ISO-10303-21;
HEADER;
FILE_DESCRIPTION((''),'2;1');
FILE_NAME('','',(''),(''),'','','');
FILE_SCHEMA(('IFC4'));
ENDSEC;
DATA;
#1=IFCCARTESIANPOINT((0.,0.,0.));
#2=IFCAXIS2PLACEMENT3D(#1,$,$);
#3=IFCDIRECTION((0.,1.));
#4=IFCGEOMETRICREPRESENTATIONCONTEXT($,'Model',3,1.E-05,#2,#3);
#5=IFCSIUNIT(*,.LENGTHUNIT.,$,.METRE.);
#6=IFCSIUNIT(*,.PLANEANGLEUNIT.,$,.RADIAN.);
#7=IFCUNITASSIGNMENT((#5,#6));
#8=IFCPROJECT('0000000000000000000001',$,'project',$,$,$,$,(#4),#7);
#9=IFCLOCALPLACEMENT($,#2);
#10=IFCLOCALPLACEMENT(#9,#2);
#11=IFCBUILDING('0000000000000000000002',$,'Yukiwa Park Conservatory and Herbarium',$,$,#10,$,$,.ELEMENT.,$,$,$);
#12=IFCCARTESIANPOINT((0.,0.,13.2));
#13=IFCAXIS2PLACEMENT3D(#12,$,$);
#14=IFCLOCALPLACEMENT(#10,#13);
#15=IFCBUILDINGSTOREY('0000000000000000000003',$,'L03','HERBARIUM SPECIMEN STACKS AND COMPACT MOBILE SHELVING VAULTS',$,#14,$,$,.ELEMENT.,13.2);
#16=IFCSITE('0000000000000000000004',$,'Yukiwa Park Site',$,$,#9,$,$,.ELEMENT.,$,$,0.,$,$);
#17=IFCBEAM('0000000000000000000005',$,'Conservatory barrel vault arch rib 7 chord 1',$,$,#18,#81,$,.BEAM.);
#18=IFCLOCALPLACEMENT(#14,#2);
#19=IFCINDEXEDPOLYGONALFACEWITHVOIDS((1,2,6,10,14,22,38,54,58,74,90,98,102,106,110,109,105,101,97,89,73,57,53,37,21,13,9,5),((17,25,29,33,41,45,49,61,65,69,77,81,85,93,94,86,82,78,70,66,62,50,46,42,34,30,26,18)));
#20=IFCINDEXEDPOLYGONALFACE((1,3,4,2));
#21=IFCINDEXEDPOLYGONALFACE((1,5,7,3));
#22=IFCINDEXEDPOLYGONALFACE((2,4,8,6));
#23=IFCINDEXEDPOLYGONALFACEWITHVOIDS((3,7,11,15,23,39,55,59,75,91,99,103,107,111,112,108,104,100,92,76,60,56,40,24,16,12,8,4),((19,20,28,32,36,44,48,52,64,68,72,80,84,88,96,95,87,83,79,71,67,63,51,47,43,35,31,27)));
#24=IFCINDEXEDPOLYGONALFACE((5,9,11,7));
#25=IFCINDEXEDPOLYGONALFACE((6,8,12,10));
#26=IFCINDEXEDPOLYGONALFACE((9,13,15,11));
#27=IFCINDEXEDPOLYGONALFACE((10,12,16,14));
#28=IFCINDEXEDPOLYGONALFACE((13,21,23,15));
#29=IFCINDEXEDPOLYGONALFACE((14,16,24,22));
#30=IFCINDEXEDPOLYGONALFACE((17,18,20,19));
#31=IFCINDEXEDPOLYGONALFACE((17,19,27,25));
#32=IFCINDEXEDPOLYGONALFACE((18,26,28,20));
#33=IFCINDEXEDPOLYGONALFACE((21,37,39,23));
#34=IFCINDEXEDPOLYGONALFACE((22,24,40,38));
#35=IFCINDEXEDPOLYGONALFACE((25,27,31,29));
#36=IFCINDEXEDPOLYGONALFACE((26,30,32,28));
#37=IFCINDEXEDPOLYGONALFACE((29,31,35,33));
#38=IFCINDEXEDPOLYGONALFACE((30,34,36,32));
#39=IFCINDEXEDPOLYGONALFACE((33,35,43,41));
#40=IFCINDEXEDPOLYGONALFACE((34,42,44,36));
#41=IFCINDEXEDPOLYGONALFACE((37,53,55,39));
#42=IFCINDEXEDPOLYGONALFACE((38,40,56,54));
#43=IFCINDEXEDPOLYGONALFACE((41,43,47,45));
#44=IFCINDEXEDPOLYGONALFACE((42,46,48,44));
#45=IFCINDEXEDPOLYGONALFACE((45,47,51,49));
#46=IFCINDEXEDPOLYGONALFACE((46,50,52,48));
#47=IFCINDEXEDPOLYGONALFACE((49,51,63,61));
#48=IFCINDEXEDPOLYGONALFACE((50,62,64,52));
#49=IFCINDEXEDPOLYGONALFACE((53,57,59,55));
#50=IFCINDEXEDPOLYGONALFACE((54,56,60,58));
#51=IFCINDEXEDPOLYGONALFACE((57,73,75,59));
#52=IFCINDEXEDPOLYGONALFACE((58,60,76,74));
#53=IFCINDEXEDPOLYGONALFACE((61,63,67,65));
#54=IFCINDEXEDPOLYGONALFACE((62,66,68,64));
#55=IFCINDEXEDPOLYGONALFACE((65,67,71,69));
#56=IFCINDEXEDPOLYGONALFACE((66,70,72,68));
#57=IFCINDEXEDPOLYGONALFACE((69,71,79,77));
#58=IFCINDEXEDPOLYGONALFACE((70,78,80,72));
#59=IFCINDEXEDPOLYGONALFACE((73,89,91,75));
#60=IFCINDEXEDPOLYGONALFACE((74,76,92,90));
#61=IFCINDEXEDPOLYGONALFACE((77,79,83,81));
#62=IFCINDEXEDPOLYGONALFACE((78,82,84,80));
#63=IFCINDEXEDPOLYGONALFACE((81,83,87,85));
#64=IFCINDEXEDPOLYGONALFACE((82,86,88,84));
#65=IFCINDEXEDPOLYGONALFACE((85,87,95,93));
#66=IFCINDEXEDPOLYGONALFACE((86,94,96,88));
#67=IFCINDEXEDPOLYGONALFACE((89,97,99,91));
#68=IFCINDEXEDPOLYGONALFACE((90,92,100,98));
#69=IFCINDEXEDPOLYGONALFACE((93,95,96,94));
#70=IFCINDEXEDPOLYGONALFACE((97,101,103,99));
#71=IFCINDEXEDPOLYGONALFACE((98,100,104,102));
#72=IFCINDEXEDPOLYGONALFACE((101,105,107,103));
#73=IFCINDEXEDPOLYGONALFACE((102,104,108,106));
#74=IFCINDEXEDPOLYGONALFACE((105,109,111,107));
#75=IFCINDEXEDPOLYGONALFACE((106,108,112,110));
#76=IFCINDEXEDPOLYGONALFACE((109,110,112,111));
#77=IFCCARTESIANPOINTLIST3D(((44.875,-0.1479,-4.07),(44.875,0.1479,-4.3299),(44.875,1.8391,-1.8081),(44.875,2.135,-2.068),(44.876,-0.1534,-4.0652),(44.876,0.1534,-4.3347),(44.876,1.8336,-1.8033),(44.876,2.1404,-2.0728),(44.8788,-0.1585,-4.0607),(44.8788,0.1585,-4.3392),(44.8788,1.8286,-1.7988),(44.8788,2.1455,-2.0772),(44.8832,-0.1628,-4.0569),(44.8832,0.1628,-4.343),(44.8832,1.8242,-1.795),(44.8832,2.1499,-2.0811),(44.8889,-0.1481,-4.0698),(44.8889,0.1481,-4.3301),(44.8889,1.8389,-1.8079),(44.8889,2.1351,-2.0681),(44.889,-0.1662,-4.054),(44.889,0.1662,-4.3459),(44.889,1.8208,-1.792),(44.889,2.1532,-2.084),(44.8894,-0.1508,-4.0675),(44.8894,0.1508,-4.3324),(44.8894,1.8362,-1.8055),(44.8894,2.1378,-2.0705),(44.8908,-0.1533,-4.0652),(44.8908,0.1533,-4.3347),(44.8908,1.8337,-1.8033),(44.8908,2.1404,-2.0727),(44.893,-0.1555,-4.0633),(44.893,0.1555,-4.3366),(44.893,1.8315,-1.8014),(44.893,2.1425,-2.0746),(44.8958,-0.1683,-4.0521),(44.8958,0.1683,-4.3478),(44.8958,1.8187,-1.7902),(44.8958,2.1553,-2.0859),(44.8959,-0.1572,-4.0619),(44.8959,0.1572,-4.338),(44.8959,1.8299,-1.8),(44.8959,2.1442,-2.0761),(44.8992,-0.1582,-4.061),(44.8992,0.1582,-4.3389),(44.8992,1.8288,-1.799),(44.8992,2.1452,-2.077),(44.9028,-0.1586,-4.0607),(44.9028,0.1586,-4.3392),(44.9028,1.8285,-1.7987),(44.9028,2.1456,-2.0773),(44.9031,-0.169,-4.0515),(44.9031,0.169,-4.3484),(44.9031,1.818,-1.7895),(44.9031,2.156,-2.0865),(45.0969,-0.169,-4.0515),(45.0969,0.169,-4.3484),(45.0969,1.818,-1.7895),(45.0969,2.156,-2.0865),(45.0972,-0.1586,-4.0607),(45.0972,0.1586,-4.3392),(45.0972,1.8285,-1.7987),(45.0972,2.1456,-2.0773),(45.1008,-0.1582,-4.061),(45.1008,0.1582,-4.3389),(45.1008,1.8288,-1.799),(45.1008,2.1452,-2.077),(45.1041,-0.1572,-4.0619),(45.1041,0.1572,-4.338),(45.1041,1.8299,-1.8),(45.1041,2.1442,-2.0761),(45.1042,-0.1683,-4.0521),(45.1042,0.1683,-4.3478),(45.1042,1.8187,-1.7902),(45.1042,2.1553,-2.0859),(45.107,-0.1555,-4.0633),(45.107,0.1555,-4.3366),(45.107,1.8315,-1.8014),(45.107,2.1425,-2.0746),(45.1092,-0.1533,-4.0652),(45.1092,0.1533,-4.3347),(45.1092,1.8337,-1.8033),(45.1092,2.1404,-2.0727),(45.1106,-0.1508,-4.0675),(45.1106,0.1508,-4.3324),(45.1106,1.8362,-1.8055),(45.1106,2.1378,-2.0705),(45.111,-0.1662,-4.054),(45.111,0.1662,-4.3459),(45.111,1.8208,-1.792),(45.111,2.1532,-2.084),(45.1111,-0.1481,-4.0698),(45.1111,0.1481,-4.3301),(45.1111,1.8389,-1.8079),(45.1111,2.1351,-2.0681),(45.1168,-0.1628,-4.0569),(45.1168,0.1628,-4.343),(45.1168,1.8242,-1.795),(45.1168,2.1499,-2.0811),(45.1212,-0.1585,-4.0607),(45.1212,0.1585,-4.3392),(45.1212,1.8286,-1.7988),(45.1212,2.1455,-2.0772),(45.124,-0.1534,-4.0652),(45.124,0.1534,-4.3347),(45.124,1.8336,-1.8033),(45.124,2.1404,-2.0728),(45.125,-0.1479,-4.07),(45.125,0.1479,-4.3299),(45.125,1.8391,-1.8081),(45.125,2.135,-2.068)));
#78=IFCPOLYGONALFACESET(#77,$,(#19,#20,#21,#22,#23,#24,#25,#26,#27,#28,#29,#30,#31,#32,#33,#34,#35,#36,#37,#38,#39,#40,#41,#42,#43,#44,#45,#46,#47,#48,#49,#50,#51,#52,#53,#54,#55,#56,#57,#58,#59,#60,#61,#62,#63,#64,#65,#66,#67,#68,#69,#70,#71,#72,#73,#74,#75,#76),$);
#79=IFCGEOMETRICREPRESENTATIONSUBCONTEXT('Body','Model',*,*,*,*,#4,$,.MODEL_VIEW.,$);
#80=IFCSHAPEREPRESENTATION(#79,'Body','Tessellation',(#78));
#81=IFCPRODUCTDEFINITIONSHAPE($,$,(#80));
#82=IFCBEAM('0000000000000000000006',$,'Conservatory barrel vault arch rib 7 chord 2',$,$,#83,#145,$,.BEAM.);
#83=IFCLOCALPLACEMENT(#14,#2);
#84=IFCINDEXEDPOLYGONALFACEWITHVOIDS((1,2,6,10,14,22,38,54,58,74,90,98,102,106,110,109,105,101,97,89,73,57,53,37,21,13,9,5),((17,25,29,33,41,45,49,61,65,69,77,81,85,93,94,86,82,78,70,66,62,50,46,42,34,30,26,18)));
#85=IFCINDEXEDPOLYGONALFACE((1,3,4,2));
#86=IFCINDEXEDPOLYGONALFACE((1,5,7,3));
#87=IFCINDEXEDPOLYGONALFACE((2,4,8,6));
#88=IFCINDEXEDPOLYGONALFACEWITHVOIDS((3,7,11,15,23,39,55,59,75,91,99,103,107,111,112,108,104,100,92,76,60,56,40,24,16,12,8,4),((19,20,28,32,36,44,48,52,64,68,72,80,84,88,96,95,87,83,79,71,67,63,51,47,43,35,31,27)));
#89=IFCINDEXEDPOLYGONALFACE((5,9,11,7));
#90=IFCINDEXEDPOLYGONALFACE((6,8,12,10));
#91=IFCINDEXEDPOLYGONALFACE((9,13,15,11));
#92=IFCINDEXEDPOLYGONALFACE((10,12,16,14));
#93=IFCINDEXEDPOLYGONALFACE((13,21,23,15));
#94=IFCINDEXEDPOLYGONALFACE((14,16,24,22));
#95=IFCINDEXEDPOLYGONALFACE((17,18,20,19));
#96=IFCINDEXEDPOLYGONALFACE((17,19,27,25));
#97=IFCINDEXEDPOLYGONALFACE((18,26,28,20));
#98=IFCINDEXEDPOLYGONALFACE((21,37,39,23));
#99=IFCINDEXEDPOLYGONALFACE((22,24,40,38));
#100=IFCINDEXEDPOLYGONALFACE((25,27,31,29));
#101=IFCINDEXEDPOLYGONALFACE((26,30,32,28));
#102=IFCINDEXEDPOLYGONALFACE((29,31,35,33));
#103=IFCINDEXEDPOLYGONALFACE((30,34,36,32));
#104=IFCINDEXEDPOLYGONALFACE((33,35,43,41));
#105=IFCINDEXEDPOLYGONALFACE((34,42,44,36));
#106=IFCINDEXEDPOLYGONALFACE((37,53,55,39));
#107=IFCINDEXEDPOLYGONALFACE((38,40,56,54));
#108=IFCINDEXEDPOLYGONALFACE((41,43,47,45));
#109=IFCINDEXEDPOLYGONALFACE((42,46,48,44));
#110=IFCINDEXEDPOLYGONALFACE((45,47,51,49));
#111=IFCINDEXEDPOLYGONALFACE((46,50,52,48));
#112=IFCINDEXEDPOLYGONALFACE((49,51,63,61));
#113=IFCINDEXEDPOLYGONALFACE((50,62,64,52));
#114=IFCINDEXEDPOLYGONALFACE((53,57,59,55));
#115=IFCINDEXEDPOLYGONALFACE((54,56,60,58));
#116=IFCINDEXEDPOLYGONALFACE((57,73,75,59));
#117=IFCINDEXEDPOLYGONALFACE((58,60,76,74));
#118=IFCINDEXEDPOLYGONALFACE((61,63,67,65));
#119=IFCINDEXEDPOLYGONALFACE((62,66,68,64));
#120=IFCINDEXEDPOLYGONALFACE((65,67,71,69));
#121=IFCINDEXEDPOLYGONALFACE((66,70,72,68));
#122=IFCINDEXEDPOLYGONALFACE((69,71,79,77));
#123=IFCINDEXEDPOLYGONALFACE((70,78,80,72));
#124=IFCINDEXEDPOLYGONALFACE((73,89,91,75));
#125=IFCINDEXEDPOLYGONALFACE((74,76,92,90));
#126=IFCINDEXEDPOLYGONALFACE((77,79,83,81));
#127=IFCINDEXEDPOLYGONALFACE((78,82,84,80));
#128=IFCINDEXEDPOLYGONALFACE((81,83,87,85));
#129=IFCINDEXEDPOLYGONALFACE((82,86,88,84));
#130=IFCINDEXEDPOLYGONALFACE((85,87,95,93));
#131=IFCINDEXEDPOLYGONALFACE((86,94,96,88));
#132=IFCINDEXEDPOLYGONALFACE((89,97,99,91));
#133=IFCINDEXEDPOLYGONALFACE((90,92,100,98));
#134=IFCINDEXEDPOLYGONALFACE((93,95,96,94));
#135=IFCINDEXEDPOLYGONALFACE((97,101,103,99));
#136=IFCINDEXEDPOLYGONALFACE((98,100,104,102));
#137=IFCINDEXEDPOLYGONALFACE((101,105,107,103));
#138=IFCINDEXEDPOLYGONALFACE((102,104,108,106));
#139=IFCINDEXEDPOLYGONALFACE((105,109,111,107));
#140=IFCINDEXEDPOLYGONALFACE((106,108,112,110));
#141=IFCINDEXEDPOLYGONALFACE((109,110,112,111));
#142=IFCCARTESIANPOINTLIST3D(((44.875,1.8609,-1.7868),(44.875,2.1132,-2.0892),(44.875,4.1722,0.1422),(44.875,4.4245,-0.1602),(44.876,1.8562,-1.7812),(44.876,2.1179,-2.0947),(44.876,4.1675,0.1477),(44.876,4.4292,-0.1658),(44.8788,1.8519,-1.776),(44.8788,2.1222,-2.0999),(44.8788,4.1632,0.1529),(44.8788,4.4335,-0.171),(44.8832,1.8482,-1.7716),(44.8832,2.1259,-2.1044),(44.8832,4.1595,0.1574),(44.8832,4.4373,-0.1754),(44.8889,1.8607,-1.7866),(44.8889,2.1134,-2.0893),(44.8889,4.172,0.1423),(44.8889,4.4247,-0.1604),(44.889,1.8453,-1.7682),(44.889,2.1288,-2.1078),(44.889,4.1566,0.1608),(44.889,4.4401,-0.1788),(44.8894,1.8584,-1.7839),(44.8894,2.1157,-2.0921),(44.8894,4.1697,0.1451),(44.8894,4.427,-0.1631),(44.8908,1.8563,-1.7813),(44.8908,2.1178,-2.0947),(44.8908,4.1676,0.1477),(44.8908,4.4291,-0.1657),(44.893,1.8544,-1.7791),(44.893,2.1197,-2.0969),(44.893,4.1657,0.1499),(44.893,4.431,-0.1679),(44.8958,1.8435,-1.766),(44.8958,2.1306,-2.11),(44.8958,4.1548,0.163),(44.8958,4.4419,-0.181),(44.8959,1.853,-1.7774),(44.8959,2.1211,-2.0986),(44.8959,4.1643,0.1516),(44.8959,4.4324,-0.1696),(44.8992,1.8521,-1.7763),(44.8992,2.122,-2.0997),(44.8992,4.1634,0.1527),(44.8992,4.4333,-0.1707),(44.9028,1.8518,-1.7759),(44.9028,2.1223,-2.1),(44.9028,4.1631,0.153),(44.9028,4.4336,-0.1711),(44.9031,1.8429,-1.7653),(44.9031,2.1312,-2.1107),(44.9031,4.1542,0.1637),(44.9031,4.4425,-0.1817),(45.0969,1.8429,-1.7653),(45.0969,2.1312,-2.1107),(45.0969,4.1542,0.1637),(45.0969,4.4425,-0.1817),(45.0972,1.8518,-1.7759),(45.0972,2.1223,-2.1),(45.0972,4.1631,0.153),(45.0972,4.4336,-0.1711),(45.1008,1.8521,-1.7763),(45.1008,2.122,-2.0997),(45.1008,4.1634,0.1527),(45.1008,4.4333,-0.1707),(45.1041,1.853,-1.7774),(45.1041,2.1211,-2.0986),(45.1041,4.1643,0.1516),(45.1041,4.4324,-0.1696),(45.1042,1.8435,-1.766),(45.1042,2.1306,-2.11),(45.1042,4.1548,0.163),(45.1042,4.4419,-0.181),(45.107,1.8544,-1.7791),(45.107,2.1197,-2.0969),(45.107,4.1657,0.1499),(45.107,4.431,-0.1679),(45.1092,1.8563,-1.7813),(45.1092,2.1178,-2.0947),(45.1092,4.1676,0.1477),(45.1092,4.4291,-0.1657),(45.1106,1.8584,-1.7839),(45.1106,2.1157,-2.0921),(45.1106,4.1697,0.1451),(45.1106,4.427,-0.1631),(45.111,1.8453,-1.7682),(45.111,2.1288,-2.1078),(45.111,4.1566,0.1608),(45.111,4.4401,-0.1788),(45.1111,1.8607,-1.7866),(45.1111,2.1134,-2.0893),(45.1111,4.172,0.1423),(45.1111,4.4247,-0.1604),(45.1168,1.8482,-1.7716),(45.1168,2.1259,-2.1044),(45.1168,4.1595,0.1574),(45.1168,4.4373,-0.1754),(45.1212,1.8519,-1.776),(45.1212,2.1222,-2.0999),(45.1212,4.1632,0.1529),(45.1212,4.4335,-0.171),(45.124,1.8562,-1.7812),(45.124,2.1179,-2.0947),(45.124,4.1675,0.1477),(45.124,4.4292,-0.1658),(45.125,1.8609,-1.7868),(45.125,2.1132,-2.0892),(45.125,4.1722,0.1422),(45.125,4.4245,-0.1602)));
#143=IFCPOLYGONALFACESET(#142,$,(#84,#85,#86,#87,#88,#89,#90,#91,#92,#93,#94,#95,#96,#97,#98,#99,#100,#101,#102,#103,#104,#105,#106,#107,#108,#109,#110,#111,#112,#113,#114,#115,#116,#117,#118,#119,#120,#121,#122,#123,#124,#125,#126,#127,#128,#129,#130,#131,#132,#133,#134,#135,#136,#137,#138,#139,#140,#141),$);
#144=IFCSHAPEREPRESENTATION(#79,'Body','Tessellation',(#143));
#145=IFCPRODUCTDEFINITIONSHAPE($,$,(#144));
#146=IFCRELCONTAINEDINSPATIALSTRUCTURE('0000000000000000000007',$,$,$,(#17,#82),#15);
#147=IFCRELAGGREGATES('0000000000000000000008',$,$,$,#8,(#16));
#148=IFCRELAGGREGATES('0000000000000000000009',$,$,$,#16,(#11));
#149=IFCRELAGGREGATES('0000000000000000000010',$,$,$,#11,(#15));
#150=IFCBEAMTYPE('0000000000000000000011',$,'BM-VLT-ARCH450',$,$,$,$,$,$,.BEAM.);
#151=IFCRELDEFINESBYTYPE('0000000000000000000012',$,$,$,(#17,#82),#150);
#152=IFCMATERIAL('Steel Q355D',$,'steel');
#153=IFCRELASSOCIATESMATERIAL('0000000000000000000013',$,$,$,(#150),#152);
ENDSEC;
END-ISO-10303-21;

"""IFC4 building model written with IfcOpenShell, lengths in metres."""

from ifc_helpers import new_model, si_unit, direction, frame, origin, origin_2d, place, context, subcontext, project, spatial, hollow_rectangle, extrude, material, material_profile, profile_set, type_object, element, save


model = new_model("IFC4")

# Units and contexts
model_context = context("Model", 3, precision=1e-05, world=origin(), true_north=direction((0.0, 1.0)))
body_context = subcontext(model_context, "Body", "Model", "MODEL_VIEW")
ifc_project = project(units=[si_unit("LENGTHUNIT", "METRE"), si_unit("PLANEANGLEUNIT", "RADIAN")], contexts=[model_context])

# Site, building, storey
site_placement = place(None, origin())
site = spatial("IfcSite", under=ifc_project, at=site_placement, Name="Yukiwa Park Site", CompositionType="ELEMENT", RefElevation=0.0)
building_placement = place(site_placement, origin())
building = spatial("IfcBuilding", under=site, at=building_placement, Name="Yukiwa Park Conservatory and Herbarium", CompositionType="ELEMENT")
storey_placement = place(building_placement, frame((0.0, 0.0, 13.2)))
storey = spatial("IfcBuildingStorey", under=building, at=storey_placement, Name="L03", Description="HERBARIUM SPECIMEN STACKS AND COMPACT MOBILE SHELVING VAULTS", CompositionType="ELEMENT", Elevation=13.2)

# Beams
ifc_material_1 = material(Name="Steel Q355D", Category="steel")
ifc_material_profile_1 = material_profile(ifc_material_1, hollow_rectangle(XDim=0.25, YDim=0.45, WallThickness=0.0139, InnerFilletRadius=0.0139, OuterFilletRadius=0.0281, at=origin_2d()), Name="RHS 450x250x14")
ifc_profile_set_1 = profile_set([ifc_material_profile_1], Name="Steel Q355D")
beam_type = type_object("IfcBeamType", Name="BM-VLT-ARCH450", PredefinedType="BEAM", material=ifc_profile_set_1)
beam_1_placement = place(storey_placement, frame((45.0, 0.0, -4.2), z_axis=(0.0, 0.659979, 0.751284), x_axis=(-1.0, 0.0, 0.0)))
element("IfcBeam", 1, at=beam_1_placement, inside=storey, type_object=beam_type, Name="Conservatory barrel vault arch rib 7 chord 1", PredefinedType="BEAM", context=body_context, shape_type="SweptSolid", body=[
    extrude(hollow_rectangle(XDim=0.25, YDim=0.45, WallThickness=0.0139, InnerFilletRadius=0.0139, OuterFilletRadius=0.0281, at=origin_2d()), origin(), (0.0, 0.0, 1.0), 3.0107),
])
beam_2_placement = place(storey_placement, frame((45.0, 1.9871, -1.938), z_axis=(0.0, 0.767749, 0.640751), x_axis=(-1.0, 0.0, 0.0)))
element("IfcBeam", 2, at=beam_2_placement, inside=storey, type_object=beam_type, Name="Conservatory barrel vault arch rib 7 chord 2", PredefinedType="BEAM", context=body_context, shape_type="SweptSolid", body=[
    extrude(hollow_rectangle(XDim=0.25, YDim=0.45, WallThickness=0.0139, InnerFilletRadius=0.0139, OuterFilletRadius=0.0281, at=origin_2d()), origin(), (0.0, 0.0, 1.0), 3.0105),
])

save(model, "model.ifc")
